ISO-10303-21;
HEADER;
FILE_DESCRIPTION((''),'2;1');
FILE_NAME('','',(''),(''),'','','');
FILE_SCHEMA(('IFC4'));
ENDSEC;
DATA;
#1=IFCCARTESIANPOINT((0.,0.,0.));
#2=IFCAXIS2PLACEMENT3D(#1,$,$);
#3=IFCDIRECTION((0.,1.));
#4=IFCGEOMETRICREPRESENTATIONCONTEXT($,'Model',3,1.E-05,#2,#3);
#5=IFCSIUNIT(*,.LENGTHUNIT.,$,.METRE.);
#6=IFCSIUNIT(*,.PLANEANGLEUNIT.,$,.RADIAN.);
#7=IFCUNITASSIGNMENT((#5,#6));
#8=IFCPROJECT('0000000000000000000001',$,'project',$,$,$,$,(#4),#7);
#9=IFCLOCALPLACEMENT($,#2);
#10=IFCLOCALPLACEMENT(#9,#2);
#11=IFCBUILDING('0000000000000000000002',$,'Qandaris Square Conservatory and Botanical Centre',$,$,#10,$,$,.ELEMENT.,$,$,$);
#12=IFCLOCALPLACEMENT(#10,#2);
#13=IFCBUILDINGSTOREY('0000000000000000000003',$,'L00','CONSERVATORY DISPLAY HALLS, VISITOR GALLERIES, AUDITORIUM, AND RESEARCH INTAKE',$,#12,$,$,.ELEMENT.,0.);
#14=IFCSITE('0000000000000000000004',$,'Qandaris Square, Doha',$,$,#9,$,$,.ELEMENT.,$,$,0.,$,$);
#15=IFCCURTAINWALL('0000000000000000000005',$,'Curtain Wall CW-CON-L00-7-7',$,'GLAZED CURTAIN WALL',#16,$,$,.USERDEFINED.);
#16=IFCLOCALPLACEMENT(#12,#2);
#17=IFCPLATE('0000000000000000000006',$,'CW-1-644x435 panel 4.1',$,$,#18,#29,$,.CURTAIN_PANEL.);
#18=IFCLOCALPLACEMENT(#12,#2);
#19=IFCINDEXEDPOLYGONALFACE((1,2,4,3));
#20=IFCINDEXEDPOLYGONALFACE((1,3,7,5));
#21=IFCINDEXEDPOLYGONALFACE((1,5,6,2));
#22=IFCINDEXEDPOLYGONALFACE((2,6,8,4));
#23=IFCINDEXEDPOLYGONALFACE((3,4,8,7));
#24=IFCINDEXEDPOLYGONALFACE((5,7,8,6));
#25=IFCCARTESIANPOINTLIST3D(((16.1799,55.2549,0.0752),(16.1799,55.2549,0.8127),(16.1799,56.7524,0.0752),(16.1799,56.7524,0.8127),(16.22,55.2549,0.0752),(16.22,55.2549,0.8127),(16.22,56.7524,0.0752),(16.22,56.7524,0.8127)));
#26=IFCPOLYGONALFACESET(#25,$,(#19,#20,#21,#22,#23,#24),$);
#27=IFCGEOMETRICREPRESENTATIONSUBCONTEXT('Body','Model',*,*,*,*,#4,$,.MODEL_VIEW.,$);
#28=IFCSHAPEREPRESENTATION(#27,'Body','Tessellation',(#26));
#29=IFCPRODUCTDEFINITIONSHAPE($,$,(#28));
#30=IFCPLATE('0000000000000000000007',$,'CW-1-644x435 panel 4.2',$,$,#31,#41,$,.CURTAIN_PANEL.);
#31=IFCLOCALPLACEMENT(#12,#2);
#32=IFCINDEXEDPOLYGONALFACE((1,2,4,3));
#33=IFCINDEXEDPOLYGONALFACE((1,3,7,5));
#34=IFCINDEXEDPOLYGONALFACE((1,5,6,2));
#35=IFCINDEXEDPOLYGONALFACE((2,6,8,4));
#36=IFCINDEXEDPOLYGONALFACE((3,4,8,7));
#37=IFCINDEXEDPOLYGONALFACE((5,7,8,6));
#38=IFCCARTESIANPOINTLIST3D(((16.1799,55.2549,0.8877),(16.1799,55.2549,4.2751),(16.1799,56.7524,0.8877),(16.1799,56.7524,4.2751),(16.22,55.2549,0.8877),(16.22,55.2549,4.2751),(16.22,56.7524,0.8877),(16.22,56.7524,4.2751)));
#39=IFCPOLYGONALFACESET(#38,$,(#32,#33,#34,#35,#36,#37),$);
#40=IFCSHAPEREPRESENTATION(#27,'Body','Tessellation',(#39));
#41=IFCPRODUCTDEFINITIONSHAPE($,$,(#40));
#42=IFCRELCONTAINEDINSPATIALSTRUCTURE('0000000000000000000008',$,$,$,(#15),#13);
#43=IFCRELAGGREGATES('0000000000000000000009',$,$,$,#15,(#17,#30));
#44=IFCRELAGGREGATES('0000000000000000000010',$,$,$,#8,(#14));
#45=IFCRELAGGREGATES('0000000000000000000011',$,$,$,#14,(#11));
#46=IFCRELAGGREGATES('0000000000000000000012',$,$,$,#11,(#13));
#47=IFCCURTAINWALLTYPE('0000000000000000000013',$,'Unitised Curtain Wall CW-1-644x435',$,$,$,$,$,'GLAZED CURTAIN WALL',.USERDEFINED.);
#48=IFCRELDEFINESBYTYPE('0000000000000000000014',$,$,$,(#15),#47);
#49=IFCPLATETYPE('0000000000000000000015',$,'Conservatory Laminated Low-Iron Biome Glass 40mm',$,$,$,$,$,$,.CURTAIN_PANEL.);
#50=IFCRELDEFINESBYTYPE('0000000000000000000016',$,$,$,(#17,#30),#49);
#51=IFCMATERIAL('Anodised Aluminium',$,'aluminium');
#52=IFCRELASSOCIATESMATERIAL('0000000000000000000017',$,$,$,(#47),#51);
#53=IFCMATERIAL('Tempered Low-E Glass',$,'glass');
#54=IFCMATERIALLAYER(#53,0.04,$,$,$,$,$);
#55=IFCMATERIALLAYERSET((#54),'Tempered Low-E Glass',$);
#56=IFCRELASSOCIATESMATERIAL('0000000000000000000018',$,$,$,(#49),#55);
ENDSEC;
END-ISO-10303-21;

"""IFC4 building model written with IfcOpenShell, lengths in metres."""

from ifc_helpers import new_model, si_unit, direction, frame, origin, origin_2d, place, context, subcontext, project, spatial, rectangle, extrude, material, layer, layer_set, type_object, element, aggregate, save


model = new_model("IFC4")

# Units and contexts
model_context = context("Model", 3, precision=1e-05, world=origin(), true_north=direction((0.0, 1.0)))
body_context = subcontext(model_context, "Body", "Model", "MODEL_VIEW")
ifc_project = project(units=[si_unit("LENGTHUNIT", "METRE"), si_unit("PLANEANGLEUNIT", "RADIAN")], contexts=[model_context])

# Site, building, storey
site_placement = place(None, origin())
site = spatial("IfcSite", under=ifc_project, at=site_placement, Name="Qandaris Square, Doha", CompositionType="ELEMENT", RefElevation=0.0)
building_placement = place(site_placement, origin())
building = spatial("IfcBuilding", under=site, at=building_placement, Name="Qandaris Square Conservatory and Botanical Centre", CompositionType="ELEMENT")
storey_placement = place(building_placement, origin())
storey = spatial("IfcBuildingStorey", under=building, at=storey_placement, Name="L00", Description="CONSERVATORY DISPLAY HALLS, VISITOR GALLERIES, AUDITORIUM, AND RESEARCH INTAKE", CompositionType="ELEMENT", Elevation=0.0)

# Curtain wall
ifc_material_1 = material(Name="Anodised Aluminium", Category="aluminium")
curtain_wall_type = type_object("IfcCurtainWallType", Name="Unitised Curtain Wall CW-1-644x435", ElementType="GLAZED CURTAIN WALL", PredefinedType="USERDEFINED", material=ifc_material_1)
curtain_wall_placement = place(storey_placement, origin())
curtain_wall = element("IfcCurtainWall", 1, at=curtain_wall_placement, inside=storey, type_object=curtain_wall_type, Name="Curtain Wall CW-CON-L00-7-7", ObjectType="GLAZED CURTAIN WALL", PredefinedType="USERDEFINED")

# Plates
ifc_material_2 = material(Name="Tempered Low-E Glass", Category="glass")
ifc_layer = layer(ifc_material_2, 0.04)
ifc_layer_set = layer_set([ifc_layer], Name="Tempered Low-E Glass")
plate_type = type_object("IfcPlateType", Name="Conservatory Laminated Low-Iron Biome Glass 40mm", PredefinedType="CURTAIN_PANEL", material=ifc_layer_set)
plate_1_placement = place(storey_placement, frame((16.2, 56.0037, 0.0752), z_axis=(0.0, 0.0, 1.0), x_axis=(0.0, -1.0, 0.0)))
plate_1 = element("IfcPlate", 2, at=plate_1_placement, type_object=plate_type, Name="CW-1-644x435 panel 4.1", PredefinedType="CURTAIN_PANEL", context=body_context, shape_type="SweptSolid", body=[
    extrude(rectangle(XDim=1.4976, YDim=0.04, at=origin_2d()), origin(), (0.0, 0.0, 1.0), 0.7375),
])
plate_2_placement = place(storey_placement, frame((16.2, 56.0037, 0.8877), z_axis=(0.0, 0.0, 1.0), x_axis=(0.0, -1.0, 0.0)))
plate_2 = element("IfcPlate", 3, at=plate_2_placement, type_object=plate_type, Name="CW-1-644x435 panel 4.2", PredefinedType="CURTAIN_PANEL", context=body_context, shape_type="SweptSolid", body=[
    extrude(rectangle(XDim=1.4976, YDim=0.04, at=origin_2d()), origin(), (0.0, 0.0, 1.0), 3.3875),
])
aggregate(curtain_wall, [plate_1, plate_2])

save(model, "model.ifc")
